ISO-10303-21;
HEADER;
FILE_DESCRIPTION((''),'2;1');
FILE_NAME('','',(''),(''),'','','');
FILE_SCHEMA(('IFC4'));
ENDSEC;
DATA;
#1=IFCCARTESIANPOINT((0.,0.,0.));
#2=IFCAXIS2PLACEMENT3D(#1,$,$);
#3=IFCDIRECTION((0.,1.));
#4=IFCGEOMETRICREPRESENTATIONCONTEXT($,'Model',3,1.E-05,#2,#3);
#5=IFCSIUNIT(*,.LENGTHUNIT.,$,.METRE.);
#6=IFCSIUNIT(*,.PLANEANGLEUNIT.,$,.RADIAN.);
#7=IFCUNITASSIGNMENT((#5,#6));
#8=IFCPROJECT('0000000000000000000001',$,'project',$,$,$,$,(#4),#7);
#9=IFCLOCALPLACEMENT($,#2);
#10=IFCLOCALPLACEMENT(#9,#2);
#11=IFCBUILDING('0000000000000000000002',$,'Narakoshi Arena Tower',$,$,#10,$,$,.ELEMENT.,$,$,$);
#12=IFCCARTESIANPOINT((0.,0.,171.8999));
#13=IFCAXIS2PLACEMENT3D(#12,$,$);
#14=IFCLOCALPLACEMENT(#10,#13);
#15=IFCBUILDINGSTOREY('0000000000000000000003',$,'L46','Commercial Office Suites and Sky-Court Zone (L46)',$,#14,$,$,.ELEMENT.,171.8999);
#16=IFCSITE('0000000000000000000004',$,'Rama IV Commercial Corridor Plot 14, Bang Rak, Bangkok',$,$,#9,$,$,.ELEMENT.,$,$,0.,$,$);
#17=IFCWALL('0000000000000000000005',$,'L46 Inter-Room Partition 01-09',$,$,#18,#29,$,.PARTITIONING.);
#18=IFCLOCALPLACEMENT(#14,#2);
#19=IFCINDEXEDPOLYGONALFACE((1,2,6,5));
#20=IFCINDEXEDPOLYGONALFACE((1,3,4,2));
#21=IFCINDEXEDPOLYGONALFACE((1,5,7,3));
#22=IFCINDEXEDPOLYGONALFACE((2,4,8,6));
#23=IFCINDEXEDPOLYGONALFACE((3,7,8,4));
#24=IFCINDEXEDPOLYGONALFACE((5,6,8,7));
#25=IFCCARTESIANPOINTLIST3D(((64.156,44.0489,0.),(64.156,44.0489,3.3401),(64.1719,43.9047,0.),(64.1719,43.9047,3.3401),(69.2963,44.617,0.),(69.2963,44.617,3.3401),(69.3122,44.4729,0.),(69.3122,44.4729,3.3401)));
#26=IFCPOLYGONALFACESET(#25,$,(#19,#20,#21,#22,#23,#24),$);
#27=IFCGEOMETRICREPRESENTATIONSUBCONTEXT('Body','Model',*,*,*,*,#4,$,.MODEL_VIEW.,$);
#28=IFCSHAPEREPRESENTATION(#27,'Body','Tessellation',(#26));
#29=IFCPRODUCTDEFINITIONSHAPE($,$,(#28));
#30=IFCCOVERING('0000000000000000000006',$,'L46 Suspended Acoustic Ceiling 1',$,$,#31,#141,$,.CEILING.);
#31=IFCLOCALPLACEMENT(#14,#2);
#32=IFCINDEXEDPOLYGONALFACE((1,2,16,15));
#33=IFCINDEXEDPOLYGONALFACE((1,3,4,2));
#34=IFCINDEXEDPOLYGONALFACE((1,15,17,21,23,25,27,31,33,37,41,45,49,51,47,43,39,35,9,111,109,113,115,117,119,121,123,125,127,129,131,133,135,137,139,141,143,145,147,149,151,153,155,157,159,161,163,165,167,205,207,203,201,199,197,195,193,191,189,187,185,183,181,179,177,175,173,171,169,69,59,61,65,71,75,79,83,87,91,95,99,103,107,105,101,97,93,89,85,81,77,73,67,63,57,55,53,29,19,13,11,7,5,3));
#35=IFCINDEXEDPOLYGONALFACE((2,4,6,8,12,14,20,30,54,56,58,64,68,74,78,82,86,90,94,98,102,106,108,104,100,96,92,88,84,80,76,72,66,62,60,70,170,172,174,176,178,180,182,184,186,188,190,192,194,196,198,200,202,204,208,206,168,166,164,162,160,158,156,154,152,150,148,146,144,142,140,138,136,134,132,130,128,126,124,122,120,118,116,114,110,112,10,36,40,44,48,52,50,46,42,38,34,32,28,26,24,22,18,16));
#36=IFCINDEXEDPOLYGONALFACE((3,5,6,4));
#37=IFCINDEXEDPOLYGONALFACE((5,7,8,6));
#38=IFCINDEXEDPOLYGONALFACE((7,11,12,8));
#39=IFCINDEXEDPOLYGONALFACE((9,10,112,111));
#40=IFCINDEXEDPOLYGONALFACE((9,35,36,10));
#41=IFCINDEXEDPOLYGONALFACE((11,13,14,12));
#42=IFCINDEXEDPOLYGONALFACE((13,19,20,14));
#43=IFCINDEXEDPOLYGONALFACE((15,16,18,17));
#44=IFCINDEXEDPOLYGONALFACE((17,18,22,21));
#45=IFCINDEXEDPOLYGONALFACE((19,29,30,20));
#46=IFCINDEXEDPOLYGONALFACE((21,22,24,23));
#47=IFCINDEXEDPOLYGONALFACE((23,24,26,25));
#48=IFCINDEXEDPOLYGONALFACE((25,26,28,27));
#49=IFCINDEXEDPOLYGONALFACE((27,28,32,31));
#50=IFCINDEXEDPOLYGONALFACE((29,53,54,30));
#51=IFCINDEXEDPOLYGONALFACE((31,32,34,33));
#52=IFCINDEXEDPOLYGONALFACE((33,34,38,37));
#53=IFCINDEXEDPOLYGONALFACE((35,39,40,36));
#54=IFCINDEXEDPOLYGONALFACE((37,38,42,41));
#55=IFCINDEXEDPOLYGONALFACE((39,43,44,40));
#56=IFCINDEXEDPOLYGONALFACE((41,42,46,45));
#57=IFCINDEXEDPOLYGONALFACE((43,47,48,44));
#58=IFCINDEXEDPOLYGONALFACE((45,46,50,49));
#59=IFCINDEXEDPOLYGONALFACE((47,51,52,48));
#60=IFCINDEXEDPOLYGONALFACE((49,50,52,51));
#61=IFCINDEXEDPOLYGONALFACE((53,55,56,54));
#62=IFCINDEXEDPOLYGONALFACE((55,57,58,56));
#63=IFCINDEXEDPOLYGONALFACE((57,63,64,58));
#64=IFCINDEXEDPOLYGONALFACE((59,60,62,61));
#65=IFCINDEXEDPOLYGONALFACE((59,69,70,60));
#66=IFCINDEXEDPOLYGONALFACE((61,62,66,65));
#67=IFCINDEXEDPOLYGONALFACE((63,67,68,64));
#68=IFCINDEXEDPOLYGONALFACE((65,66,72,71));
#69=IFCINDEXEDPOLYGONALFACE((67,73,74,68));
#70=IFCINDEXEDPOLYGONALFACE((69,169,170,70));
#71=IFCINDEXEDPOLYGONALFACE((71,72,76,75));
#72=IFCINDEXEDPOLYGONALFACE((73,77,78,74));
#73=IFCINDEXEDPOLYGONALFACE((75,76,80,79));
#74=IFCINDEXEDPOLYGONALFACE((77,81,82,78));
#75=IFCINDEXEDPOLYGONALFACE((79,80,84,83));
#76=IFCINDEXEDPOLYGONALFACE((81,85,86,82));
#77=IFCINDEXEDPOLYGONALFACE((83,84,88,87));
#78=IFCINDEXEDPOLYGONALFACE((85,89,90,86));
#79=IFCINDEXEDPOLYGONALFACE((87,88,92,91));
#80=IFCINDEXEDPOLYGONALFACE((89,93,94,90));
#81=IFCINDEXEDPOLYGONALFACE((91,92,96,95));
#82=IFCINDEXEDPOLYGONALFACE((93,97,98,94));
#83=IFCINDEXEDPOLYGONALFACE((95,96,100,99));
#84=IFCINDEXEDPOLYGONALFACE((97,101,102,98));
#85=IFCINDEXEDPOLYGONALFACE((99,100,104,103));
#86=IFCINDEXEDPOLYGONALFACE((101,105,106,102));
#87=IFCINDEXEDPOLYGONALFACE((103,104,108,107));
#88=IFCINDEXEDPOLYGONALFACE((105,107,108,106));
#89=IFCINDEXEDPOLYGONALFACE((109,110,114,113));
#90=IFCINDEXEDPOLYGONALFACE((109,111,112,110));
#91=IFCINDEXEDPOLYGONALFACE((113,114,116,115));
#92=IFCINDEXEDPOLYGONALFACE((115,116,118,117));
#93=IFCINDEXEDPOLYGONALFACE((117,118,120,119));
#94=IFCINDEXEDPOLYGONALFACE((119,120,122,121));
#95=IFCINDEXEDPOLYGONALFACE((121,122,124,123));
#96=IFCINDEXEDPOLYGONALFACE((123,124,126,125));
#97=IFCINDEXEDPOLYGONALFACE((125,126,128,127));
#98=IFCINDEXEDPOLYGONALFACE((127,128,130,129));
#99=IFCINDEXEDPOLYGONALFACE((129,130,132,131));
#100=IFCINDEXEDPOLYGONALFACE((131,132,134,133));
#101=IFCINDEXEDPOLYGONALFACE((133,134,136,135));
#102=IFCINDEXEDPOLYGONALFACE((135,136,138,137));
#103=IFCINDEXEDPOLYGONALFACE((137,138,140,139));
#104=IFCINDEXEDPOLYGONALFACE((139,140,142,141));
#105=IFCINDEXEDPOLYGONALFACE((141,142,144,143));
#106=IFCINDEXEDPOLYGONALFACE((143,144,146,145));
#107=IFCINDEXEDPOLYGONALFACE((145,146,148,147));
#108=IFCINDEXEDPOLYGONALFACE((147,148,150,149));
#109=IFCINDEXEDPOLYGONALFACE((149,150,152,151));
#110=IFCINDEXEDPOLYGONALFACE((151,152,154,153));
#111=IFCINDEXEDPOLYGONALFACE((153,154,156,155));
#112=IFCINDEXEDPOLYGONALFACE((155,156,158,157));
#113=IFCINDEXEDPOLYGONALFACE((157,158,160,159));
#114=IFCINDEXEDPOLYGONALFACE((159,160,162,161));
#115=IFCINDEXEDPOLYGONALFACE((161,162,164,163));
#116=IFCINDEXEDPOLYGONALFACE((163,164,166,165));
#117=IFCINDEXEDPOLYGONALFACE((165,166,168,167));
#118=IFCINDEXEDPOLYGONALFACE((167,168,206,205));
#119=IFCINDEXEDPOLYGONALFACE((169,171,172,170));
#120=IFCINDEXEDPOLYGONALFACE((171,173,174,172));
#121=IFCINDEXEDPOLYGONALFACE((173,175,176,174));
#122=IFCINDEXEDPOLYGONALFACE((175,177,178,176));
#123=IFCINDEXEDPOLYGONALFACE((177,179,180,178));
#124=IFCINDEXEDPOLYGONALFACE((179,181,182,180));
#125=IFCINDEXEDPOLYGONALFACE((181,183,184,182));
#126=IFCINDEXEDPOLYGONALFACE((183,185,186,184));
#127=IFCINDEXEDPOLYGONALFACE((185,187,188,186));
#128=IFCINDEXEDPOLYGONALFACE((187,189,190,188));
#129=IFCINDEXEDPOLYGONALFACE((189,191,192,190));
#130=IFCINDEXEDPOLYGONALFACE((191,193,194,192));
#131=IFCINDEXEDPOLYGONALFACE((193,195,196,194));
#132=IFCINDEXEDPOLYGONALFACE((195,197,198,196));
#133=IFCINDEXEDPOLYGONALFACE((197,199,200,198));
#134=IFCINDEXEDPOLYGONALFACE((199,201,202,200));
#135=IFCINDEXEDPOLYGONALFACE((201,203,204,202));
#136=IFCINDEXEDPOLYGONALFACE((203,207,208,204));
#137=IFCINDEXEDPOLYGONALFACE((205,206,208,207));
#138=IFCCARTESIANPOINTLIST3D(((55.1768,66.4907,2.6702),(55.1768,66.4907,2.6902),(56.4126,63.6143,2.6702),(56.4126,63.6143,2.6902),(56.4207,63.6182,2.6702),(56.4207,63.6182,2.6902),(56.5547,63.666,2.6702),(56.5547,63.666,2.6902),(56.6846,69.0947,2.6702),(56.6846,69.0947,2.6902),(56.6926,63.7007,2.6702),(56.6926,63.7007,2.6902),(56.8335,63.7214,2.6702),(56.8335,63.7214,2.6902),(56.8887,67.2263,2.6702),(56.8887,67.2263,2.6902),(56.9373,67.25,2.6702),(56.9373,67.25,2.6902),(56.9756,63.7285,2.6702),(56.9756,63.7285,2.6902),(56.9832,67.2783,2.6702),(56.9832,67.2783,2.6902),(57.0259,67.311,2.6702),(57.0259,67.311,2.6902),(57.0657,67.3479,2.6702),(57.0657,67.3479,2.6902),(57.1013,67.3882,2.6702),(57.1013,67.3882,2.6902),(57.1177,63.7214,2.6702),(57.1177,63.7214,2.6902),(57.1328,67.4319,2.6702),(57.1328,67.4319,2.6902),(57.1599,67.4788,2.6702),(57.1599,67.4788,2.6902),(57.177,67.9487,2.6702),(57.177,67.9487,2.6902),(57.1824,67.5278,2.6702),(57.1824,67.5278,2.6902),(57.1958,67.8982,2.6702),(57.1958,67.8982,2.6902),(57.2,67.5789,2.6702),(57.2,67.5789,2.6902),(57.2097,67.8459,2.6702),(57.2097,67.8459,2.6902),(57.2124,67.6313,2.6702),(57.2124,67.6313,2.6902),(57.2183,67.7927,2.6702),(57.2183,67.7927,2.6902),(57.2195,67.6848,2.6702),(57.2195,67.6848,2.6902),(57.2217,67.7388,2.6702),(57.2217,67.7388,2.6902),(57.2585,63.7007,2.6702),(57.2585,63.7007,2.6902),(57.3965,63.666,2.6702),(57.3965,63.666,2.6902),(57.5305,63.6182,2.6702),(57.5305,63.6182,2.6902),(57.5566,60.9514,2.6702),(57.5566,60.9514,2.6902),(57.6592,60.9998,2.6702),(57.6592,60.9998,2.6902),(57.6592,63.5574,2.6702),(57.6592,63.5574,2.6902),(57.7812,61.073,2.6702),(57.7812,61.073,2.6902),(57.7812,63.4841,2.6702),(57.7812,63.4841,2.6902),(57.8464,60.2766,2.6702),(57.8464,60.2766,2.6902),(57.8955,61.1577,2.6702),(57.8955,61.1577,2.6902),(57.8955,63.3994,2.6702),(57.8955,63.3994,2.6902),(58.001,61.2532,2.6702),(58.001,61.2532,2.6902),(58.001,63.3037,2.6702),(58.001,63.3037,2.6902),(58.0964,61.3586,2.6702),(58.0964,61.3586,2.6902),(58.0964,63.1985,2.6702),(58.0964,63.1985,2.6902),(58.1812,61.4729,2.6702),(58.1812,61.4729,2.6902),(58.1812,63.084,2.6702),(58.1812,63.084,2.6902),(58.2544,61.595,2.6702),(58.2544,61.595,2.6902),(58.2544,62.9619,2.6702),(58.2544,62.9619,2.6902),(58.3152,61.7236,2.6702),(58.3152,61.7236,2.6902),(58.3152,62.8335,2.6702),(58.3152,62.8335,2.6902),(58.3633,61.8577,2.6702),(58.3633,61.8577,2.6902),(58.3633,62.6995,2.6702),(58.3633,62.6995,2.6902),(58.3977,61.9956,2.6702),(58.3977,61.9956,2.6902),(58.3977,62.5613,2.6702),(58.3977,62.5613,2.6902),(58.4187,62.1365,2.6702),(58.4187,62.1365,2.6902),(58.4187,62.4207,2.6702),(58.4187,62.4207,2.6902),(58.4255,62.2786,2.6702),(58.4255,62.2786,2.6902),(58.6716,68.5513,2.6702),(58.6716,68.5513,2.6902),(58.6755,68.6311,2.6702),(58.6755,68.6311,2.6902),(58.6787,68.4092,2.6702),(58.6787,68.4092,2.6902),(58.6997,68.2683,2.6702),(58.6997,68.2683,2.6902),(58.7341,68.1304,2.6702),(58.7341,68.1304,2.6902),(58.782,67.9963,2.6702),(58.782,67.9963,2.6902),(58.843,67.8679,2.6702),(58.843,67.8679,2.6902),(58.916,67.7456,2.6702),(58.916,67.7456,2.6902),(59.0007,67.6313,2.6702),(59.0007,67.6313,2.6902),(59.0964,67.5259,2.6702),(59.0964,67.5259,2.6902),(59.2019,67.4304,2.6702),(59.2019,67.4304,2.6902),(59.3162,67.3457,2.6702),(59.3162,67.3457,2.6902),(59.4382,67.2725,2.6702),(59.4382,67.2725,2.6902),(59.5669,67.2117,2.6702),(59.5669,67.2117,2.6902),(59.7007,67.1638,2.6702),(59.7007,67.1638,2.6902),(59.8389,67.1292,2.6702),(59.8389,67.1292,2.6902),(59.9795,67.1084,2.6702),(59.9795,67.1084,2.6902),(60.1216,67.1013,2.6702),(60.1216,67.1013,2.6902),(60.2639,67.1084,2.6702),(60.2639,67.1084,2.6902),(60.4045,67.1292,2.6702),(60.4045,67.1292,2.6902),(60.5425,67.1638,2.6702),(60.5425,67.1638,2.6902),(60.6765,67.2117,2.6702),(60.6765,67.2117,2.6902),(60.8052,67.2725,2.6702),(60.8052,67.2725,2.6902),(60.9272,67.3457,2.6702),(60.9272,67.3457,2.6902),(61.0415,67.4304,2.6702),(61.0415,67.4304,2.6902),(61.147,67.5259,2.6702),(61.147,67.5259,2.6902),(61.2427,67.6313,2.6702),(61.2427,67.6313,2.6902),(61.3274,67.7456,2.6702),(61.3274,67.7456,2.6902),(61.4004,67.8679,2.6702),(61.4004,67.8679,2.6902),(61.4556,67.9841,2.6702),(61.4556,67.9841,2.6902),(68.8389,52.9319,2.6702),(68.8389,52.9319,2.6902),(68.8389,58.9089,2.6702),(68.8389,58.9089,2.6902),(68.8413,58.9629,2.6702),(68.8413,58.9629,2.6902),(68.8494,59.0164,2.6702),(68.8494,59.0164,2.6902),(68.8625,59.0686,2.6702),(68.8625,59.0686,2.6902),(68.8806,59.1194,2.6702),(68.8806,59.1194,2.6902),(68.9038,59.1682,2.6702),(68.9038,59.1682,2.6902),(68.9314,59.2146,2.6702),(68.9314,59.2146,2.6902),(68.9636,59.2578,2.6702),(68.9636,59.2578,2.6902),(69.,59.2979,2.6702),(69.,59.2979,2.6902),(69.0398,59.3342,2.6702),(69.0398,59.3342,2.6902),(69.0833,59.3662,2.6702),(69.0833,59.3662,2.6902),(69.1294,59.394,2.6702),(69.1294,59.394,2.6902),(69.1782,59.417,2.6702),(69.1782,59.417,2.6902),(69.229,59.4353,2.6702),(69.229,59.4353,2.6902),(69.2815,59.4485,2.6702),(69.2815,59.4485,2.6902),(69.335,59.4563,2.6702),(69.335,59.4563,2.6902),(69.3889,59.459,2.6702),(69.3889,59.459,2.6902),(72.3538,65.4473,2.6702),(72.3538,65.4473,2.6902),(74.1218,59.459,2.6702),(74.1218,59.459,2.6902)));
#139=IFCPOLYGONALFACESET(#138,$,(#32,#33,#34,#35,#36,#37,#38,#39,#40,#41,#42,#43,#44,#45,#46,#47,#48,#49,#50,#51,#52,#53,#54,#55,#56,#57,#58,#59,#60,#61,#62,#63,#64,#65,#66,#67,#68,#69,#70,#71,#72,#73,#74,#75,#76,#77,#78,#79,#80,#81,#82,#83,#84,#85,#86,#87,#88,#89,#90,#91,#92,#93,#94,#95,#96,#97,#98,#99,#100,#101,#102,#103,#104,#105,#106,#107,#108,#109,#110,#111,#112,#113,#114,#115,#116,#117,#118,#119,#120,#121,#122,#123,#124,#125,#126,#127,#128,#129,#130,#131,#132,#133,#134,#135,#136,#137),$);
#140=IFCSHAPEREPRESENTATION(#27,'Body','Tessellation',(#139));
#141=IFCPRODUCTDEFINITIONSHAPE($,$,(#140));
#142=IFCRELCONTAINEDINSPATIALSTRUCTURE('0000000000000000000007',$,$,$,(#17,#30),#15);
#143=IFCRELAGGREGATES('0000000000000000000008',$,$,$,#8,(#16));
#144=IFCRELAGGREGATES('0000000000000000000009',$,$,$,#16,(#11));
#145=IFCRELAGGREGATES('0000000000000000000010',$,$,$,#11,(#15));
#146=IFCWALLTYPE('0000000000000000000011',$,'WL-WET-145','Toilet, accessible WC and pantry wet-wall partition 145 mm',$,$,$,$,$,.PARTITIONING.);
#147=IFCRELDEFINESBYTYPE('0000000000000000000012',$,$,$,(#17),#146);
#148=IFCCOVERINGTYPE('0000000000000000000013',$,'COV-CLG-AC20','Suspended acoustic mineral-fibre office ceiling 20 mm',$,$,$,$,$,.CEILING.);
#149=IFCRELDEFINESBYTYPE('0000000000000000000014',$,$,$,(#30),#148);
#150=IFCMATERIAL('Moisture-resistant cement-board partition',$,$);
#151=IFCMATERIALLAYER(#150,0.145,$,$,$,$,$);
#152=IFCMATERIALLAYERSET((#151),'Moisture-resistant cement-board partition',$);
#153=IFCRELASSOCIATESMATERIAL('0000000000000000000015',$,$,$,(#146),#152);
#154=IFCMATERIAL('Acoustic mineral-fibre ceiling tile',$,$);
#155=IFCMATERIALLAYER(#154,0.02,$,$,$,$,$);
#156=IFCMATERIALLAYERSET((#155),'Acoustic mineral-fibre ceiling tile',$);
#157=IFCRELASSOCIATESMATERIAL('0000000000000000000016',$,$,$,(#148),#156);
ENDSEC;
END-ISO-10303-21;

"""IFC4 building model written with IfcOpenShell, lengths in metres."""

from ifc_helpers import new_model, si_unit, direction, frame, frame_2d, origin, place, context, subcontext, project, spatial, polyline, rectangle, outline, extrude, material, layer, layer_set, type_object, element, save


model = new_model("IFC4")

# Units and contexts
model_context = context("Model", 3, precision=1e-05, world=origin(), true_north=direction((0.0, 1.0)))
body_context = subcontext(model_context, "Body", "Model", "MODEL_VIEW")
ifc_project = project(units=[si_unit("LENGTHUNIT", "METRE"), si_unit("PLANEANGLEUNIT", "RADIAN")], contexts=[model_context])

# Site, building, storey
site_placement = place(None, origin())
site = spatial("IfcSite", under=ifc_project, at=site_placement, Name="Rama IV Commercial Corridor Plot 14, Bang Rak, Bangkok", CompositionType="ELEMENT", RefElevation=0.0)
building_placement = place(site_placement, origin())
building = spatial("IfcBuilding", under=site, at=building_placement, Name="Narakoshi Arena Tower", CompositionType="ELEMENT")
storey_placement = place(building_placement, frame((0.0, 0.0, 171.8999)))
storey = spatial("IfcBuildingStorey", under=building, at=storey_placement, Name="L46", Description="Commercial Office Suites and Sky-Court Zone (L46)", CompositionType="ELEMENT", Elevation=171.8999)

# Wall
ifc_material_1 = material(Name="Moisture-resistant cement-board partition")
ifc_layer_1 = layer(ifc_material_1, 0.145)
ifc_layer_set_1 = layer_set([ifc_layer_1], Name="Moisture-resistant cement-board partition")
wall_type_1 = type_object("IfcWallType", Name="WL-WET-145", Description="Toilet, accessible WC and pantry wet-wall partition 145 mm", PredefinedType="PARTITIONING", material=ifc_layer_set_1)
wall_1_placement = place(storey_placement, frame((64.1638, 43.9768, 0.0), z_axis=(0.0, 0.0, 1.0), x_axis=(0.993948, 0.109851, 0.0)))
element("IfcWall", 1, at=wall_1_placement, inside=storey, type_object=wall_type_1, Name="L46 Inter-Room Partition 01-09", PredefinedType="PARTITIONING", context=body_context, shape_type="SweptSolid", body=[
    extrude(rectangle(XDim=5.1716, YDim=0.145, at=frame_2d((2.5859, 0.0))), origin(), (0.0, 0.0, 1.0), 3.3401),
])

# Covering
ifc_material_2 = material(Name="Acoustic mineral-fibre ceiling tile")
ifc_layer_2 = layer(ifc_material_2, 0.02)
ifc_layer_set_2 = layer_set([ifc_layer_2], Name="Acoustic mineral-fibre ceiling tile")
covering_type_1 = type_object("IfcCoveringType", Name="COV-CLG-AC20", Description="Suspended acoustic mineral-fibre office ceiling 20 mm", PredefinedType="CEILING", material=ifc_layer_set_2)
covering_1_placement = place(storey_placement, frame((0.0, 0.0, 2.6702)))
element("IfcCovering", 2, at=covering_1_placement, inside=storey, type_object=covering_type_1, Name="L46 Suspended Acoustic Ceiling 1", PredefinedType="CEILING", context=body_context, shape_type="SweptSolid", body=[
    extrude(outline(polyline([(56.9373, 67.25), (56.9832, 67.2783), (57.0259, 67.311), (57.0657, 67.3479), (57.1013, 67.3882), (57.1328, 67.4319), (57.1599, 67.4788), (57.1824, 67.5278), (57.2, 67.5789), (57.2124, 67.6313), (57.2195, 67.6848), (57.2217, 67.7388), (57.2183, 67.7927), (57.2097, 67.8459), (57.1958, 67.8982), (57.177, 67.9487), (56.6846, 69.0947), (58.6755, 68.6311), (58.6716, 68.5513), (58.6787, 68.4092), (58.6997, 68.2683), (58.7341, 68.1304), (58.782, 67.9963), (58.843, 67.8679), (58.916, 67.7456), (59.0007, 67.6313), (59.0964, 67.5259), (59.2019, 67.4304), (59.3162, 67.3457), (59.4382, 67.2725), (59.5669, 67.2117), (59.7007, 67.1638), (59.8389, 67.1292), (59.9795, 67.1084), (60.1216, 67.1013), (60.2639, 67.1084), (60.4045, 67.1292), (60.5425, 67.1638), (60.6765, 67.2117), (60.8052, 67.2725), (60.9272, 67.3457), (61.0415, 67.4304), (61.147, 67.5259), (61.2427, 67.6313), (61.3274, 67.7456), (61.4004, 67.8679), (61.4556, 67.9841), (72.3538, 65.4473), (74.1218, 59.459), (69.3889, 59.459), (69.335, 59.4563), (69.2815, 59.4485), (69.229, 59.4353), (69.1782, 59.417), (69.1294, 59.394), (69.0833, 59.3662), (69.0398, 59.3342), (69.0, 59.2979), (68.9636, 59.2578), (68.9314, 59.2146), (68.9038, 59.1682), (68.8806, 59.1194), (68.8625, 59.0686), (68.8494, 59.0164), (68.8413, 58.9629), (68.8389, 58.9089), (68.8389, 52.9319), (57.8464, 60.2766), (57.5566, 60.9514), (57.6592, 60.9998), (57.7812, 61.073), (57.8955, 61.1577), (58.001, 61.2532), (58.0964, 61.3586), (58.1812, 61.4729), (58.2544, 61.595), (58.3152, 61.7236), (58.3633, 61.8577), (58.3977, 61.9956), (58.4187, 62.1365), (58.4255, 62.2786), (58.4187, 62.4207), (58.3977, 62.5613), (58.3633, 62.6995), (58.3152, 62.8335), (58.2544, 62.9619), (58.1812, 63.084), (58.0964, 63.1985), (58.001, 63.3037), (57.8955, 63.3994), (57.7812, 63.4841), (57.6592, 63.5574), (57.5305, 63.6182), (57.3965, 63.666), (57.2585, 63.7007), (57.1177, 63.7214), (56.9756, 63.7285), (56.8335, 63.7214), (56.6926, 63.7007), (56.5547, 63.666), (56.4207, 63.6182), (56.4126, 63.6143), (55.1768, 66.4907), (56.8887, 67.2263), (56.9373, 67.25)])), origin(), (0.0, 0.0, 1.0), 0.02),
])

save(model, "model.ifc")
